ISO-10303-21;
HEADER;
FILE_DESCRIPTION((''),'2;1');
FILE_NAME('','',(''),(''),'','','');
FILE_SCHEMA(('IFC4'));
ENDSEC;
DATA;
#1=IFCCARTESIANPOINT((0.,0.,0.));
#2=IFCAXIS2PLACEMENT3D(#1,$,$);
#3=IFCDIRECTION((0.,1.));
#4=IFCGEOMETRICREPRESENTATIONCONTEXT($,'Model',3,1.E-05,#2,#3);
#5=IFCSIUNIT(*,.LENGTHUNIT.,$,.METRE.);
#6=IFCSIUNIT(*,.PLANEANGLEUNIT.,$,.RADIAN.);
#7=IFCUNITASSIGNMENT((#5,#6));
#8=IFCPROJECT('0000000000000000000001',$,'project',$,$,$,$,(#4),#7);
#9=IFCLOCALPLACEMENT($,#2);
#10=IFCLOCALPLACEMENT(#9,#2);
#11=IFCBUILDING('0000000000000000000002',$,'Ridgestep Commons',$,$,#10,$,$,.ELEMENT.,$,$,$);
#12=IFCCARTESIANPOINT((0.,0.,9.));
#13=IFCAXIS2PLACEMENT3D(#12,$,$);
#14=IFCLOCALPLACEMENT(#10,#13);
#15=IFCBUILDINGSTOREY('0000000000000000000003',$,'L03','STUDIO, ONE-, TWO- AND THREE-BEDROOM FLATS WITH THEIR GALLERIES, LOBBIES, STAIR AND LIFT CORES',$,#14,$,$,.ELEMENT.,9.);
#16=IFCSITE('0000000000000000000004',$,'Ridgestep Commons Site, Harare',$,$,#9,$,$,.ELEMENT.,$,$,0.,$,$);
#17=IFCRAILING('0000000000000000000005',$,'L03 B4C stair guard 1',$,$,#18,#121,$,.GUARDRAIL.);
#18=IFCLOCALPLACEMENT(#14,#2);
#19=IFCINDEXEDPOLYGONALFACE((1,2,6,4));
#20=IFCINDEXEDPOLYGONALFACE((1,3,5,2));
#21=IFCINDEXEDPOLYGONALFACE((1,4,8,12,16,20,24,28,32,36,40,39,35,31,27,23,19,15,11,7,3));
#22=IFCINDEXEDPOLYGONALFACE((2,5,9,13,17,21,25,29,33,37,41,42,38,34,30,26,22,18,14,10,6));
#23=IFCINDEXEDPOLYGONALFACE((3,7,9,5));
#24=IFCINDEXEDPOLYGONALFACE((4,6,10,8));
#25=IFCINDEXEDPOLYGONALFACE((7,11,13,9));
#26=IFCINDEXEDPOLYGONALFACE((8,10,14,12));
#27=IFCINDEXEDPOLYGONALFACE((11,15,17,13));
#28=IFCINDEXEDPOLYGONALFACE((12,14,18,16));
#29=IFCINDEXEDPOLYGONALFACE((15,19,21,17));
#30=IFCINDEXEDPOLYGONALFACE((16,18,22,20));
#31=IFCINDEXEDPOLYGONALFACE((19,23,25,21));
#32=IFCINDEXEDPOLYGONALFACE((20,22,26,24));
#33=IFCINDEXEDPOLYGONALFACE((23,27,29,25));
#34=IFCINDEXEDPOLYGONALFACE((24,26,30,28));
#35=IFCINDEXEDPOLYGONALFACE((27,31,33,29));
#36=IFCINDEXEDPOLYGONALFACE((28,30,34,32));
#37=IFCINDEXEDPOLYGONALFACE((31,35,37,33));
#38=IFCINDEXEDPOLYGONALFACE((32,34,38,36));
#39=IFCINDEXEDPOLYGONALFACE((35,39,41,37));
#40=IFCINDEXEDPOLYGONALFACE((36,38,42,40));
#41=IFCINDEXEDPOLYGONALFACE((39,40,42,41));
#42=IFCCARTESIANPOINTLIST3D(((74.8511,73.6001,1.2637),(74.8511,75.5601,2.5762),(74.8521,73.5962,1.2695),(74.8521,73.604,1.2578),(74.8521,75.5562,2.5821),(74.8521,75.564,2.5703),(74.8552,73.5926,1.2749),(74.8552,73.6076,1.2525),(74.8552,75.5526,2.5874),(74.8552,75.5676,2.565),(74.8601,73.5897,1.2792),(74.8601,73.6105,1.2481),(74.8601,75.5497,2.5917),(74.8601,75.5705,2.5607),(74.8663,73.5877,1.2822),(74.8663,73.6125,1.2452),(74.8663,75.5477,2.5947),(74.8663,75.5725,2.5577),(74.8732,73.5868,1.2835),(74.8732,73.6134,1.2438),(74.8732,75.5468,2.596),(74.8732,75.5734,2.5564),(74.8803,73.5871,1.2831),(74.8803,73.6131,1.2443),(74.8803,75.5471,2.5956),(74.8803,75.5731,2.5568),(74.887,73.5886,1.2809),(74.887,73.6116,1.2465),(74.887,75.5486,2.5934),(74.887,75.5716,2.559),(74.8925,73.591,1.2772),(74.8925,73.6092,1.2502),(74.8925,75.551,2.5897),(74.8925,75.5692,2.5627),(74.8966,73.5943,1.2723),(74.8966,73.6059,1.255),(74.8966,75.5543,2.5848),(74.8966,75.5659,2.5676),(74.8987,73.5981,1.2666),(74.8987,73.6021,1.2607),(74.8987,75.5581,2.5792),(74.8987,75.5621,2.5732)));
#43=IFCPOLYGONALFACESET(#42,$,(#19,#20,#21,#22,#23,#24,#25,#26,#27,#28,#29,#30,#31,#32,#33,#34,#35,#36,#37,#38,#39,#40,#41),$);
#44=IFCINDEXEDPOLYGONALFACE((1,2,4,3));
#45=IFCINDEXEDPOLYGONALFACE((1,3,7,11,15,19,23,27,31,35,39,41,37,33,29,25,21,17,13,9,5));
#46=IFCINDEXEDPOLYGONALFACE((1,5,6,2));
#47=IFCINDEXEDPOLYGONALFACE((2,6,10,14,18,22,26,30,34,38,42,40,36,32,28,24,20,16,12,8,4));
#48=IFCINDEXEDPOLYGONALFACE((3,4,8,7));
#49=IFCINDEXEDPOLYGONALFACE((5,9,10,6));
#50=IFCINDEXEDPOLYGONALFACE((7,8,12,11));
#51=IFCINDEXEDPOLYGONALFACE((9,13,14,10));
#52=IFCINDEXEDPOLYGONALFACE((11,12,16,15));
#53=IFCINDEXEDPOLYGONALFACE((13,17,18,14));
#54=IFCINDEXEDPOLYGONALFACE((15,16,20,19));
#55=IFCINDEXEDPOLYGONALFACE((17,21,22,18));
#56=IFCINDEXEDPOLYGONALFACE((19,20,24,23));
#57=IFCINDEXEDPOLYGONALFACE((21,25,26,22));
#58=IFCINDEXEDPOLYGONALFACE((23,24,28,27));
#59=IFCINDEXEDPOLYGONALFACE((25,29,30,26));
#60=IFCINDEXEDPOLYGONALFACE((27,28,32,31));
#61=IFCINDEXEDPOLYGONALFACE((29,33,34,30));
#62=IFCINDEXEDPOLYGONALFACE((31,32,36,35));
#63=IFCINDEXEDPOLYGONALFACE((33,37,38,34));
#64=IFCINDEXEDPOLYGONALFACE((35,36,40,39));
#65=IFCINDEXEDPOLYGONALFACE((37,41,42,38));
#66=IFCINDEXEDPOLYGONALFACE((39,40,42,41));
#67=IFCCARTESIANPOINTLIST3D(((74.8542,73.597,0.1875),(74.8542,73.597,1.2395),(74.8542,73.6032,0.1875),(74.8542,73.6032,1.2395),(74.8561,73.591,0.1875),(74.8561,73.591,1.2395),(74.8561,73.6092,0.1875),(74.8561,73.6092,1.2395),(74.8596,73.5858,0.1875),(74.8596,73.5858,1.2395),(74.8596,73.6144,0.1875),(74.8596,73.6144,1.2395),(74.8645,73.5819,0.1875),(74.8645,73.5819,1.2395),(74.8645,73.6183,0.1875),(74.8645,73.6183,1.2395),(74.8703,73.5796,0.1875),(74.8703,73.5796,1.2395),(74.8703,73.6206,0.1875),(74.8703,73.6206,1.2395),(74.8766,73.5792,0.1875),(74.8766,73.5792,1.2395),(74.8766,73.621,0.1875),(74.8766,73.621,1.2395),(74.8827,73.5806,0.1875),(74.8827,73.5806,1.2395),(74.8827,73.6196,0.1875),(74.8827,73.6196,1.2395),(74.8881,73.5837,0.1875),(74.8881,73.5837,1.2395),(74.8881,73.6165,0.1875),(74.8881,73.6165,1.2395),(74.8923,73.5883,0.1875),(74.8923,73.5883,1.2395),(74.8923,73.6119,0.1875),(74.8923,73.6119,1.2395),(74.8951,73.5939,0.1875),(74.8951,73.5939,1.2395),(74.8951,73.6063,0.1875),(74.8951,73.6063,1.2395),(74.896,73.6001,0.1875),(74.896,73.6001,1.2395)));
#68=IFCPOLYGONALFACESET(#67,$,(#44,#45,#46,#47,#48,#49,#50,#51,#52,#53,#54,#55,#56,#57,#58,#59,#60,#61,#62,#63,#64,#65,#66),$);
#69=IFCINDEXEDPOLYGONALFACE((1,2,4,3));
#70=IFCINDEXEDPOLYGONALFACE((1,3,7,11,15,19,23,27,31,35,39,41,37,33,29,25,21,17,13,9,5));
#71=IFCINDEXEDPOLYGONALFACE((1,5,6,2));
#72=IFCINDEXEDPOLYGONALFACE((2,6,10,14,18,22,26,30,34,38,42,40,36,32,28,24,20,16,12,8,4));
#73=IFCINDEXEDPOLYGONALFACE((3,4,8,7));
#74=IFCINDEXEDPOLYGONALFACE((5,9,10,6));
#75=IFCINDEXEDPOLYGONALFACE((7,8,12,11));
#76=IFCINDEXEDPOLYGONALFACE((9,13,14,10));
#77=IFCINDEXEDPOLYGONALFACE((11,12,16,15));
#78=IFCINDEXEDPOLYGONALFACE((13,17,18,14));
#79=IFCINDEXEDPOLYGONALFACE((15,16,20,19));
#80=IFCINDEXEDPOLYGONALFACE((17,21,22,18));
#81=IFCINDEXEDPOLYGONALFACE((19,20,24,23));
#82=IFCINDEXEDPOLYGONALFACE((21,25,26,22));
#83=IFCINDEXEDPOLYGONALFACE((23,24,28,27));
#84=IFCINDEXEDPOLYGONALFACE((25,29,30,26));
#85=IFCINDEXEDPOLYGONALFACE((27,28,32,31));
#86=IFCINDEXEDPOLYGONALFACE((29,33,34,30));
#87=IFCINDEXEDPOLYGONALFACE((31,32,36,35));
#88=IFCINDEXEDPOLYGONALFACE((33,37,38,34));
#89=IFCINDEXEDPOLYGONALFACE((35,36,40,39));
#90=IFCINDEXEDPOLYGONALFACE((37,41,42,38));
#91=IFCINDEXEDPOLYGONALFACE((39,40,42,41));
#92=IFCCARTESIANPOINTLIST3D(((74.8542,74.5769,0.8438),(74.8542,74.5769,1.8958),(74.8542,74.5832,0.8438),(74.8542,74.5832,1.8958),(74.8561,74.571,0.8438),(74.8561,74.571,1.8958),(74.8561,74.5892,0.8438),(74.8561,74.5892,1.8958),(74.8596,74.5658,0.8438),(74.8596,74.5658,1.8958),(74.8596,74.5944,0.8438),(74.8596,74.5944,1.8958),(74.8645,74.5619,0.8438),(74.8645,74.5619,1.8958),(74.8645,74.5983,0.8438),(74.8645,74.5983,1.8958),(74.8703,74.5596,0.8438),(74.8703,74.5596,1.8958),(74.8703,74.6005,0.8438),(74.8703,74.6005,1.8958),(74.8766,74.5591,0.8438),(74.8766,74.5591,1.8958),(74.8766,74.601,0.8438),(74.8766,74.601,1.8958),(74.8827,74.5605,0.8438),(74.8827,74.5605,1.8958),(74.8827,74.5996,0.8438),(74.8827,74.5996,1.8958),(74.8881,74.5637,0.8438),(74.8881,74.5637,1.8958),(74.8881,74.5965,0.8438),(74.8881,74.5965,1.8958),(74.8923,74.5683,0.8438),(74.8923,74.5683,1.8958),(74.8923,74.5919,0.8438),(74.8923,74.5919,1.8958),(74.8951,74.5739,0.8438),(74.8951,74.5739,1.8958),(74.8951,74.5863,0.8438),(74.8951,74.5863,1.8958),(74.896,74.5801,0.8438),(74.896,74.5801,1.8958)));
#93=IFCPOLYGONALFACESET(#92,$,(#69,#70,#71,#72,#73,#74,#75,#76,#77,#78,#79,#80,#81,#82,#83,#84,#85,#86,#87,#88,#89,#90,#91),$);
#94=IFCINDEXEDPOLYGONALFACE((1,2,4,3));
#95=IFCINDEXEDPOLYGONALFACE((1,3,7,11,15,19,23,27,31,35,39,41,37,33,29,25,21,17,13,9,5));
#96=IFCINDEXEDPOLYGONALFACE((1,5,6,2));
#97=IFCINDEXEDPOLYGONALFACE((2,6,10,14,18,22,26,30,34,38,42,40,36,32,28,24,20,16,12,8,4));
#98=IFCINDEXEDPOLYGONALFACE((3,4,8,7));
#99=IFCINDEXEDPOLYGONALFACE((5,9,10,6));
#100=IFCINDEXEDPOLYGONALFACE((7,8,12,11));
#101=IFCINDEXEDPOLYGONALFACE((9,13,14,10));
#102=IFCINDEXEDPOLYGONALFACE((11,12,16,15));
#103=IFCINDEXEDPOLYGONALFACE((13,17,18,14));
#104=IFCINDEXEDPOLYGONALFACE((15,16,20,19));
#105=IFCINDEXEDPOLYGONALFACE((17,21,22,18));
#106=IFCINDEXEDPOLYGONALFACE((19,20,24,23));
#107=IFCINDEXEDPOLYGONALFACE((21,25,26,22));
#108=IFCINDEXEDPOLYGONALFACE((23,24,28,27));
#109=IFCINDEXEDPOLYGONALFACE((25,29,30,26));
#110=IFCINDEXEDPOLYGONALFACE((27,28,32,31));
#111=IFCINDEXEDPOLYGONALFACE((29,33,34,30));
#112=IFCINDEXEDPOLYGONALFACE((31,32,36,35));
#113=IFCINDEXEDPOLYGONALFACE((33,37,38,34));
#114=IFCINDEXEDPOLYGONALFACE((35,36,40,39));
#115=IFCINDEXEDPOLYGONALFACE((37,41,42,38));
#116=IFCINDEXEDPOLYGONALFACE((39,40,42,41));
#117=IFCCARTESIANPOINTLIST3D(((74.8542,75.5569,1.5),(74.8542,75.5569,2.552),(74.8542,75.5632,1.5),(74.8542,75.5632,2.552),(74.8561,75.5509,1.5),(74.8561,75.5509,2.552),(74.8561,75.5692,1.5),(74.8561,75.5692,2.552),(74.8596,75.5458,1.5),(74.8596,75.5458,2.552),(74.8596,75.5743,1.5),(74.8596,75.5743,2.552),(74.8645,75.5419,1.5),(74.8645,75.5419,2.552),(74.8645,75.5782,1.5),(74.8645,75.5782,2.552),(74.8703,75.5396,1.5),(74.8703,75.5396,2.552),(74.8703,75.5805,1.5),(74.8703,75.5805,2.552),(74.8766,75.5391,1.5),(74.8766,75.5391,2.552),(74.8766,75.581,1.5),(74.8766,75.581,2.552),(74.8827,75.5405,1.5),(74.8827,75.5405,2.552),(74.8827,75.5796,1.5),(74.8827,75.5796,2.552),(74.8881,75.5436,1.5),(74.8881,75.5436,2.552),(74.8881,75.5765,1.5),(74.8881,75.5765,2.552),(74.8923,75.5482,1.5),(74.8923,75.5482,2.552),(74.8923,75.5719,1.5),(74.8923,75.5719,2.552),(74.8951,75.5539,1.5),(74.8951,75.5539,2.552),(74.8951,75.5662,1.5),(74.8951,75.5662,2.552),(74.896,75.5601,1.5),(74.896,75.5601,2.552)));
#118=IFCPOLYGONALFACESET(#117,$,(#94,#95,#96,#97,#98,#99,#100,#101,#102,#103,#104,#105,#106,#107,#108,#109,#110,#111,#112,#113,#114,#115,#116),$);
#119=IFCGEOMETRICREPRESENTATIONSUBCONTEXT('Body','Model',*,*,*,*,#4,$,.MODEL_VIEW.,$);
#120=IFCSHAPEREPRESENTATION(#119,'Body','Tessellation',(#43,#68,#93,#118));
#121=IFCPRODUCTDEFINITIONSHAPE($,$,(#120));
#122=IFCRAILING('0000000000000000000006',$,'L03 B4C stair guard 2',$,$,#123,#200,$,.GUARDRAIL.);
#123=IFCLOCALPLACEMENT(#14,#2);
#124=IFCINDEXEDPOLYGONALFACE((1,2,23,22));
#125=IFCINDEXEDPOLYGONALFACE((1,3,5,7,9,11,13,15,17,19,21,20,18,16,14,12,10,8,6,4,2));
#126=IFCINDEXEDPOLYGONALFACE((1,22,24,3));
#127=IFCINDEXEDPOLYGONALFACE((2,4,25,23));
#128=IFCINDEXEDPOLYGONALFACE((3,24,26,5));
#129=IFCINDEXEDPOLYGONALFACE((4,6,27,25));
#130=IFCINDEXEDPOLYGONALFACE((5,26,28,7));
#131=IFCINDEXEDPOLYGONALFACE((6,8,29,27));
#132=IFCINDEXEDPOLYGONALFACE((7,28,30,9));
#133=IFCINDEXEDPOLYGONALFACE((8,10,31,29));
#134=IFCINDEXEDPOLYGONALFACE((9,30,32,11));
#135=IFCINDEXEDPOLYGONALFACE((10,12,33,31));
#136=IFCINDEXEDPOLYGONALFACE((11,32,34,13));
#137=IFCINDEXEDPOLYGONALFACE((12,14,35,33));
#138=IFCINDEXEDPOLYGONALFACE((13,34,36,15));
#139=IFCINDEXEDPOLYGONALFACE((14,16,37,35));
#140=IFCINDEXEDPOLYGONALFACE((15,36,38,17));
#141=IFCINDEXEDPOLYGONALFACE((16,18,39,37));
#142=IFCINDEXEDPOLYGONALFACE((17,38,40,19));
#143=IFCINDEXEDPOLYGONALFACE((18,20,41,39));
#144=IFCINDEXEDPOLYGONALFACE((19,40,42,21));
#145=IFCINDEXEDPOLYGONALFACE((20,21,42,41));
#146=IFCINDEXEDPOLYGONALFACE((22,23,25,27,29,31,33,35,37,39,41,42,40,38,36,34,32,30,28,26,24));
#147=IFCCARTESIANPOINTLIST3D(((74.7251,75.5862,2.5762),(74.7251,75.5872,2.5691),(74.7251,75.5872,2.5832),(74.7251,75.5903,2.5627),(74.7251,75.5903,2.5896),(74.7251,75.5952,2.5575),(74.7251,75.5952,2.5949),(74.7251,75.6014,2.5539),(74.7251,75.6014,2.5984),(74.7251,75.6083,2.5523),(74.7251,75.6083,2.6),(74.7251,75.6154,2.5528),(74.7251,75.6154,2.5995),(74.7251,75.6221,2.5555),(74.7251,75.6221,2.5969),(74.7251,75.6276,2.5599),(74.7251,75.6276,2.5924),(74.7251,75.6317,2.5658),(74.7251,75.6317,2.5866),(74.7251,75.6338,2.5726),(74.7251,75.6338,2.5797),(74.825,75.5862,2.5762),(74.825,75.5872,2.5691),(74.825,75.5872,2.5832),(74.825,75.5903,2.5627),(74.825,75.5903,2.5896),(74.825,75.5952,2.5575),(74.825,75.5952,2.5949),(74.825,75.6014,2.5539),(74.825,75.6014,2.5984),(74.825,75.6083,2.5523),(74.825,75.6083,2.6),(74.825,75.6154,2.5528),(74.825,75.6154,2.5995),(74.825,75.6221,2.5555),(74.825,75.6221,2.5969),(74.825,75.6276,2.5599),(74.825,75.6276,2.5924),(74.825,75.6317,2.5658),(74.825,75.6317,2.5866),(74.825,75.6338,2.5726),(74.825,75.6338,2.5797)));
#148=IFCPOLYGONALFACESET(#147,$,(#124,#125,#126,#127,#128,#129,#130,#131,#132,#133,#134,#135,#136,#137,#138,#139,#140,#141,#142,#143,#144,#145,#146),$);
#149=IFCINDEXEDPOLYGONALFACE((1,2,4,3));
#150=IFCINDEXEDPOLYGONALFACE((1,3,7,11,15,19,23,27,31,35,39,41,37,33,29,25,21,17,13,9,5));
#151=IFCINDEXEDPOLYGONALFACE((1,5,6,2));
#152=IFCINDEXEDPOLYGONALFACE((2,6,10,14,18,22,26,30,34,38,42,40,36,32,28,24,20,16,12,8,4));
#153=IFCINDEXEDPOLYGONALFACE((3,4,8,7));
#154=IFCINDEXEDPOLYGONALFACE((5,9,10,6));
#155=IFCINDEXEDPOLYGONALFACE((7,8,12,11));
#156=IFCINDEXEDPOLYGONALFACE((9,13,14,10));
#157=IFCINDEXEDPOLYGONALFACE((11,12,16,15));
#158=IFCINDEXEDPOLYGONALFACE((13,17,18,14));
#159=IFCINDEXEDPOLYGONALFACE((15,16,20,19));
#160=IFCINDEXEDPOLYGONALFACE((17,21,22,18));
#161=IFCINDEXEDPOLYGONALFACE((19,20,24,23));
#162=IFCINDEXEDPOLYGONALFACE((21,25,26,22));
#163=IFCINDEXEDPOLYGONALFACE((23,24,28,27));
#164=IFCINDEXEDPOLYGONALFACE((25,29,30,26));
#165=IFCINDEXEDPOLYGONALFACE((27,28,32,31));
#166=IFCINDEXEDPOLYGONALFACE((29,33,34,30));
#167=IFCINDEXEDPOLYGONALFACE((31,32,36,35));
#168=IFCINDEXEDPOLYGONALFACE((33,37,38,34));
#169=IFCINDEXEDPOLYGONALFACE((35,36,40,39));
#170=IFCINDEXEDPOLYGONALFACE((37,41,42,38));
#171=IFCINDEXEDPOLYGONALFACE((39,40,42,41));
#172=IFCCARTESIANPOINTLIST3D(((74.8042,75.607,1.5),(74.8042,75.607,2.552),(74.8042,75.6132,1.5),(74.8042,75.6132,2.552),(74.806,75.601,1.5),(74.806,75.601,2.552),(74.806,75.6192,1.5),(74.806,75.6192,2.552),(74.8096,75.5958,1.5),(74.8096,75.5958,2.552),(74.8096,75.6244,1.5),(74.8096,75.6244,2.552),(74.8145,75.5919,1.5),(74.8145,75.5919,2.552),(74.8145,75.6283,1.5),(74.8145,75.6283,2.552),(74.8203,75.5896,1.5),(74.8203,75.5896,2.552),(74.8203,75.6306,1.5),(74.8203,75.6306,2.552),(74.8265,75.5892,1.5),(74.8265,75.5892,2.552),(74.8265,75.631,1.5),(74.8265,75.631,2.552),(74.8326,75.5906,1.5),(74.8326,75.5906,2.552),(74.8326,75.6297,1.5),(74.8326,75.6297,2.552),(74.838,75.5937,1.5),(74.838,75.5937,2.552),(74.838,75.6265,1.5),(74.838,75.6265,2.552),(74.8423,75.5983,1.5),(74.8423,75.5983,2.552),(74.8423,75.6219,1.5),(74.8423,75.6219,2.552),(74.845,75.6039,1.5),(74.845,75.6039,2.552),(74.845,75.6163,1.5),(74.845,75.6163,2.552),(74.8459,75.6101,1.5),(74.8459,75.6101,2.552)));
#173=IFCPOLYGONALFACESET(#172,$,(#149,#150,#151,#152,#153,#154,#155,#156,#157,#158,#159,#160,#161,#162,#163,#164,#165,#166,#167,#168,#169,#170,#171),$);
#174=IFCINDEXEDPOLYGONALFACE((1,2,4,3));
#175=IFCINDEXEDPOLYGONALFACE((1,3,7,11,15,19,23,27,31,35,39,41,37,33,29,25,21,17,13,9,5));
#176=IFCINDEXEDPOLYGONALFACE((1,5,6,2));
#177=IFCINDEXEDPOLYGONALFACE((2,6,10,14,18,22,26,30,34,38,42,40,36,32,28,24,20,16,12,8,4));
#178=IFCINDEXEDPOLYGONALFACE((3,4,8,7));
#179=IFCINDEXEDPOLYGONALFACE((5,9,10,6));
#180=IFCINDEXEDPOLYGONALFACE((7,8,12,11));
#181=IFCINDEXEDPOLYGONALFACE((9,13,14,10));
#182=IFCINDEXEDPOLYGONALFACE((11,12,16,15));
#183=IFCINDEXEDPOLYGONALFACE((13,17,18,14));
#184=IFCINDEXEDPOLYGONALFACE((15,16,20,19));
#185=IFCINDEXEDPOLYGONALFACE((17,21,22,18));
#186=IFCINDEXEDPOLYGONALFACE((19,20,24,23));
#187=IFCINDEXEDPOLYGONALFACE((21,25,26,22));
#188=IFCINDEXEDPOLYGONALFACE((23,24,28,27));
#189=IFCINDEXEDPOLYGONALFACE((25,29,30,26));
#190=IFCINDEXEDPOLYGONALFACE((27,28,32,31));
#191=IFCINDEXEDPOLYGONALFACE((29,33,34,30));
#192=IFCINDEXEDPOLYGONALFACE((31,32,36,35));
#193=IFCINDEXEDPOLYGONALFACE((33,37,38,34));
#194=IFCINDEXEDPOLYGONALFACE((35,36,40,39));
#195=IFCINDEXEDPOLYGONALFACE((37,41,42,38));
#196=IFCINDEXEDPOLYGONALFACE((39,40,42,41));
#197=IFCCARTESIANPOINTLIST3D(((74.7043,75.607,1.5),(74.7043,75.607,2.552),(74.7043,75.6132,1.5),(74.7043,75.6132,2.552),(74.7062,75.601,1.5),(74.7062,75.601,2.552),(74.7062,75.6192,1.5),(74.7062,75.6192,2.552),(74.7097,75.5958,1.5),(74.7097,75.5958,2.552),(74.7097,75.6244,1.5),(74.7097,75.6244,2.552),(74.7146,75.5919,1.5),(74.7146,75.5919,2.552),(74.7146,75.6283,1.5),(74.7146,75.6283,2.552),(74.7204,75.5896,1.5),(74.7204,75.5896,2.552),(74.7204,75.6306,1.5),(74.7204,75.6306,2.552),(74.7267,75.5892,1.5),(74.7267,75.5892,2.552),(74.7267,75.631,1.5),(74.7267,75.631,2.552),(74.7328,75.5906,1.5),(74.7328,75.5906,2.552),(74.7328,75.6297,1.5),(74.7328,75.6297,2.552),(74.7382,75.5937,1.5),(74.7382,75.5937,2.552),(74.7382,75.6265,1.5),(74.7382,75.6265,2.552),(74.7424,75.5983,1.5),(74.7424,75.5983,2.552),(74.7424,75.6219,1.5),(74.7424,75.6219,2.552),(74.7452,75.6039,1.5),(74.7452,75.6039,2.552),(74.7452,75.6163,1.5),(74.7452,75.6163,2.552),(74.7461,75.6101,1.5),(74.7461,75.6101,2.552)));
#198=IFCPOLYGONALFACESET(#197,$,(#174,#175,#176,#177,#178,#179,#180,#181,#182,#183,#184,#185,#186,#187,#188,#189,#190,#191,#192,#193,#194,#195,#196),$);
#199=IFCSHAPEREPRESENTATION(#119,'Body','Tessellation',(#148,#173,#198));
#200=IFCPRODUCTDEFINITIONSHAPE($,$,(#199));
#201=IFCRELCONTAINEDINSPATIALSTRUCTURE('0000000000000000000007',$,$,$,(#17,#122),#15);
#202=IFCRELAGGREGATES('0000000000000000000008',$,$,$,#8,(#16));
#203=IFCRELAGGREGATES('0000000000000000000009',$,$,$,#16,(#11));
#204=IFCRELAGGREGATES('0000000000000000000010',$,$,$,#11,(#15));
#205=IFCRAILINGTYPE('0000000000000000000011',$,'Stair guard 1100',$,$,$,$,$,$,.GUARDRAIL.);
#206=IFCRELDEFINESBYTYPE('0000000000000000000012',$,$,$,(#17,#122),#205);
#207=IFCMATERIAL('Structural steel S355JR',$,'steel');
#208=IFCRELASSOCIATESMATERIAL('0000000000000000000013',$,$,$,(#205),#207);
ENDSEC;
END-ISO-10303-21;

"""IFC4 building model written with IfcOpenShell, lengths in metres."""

from ifc_helpers import new_model, si_unit, direction, frame, origin, origin_2d, place, context, subcontext, project, spatial, circle, extrude, material, type_object, element, save


model = new_model("IFC4")

# Units and contexts
model_context = context("Model", 3, precision=1e-05, world=origin(), true_north=direction((0.0, 1.0)))
body_context = subcontext(model_context, "Body", "Model", "MODEL_VIEW")
ifc_project = project(units=[si_unit("LENGTHUNIT", "METRE"), si_unit("PLANEANGLEUNIT", "RADIAN")], contexts=[model_context])

# Site, building, storey
site_placement = place(None, origin())
site = spatial("IfcSite", under=ifc_project, at=site_placement, Name="Ridgestep Commons Site, Harare", CompositionType="ELEMENT", RefElevation=0.0)
building_placement = place(site_placement, origin())
building = spatial("IfcBuilding", under=site, at=building_placement, Name="Ridgestep Commons", CompositionType="ELEMENT")
storey_placement = place(building_placement, frame((0.0, 0.0, 9.0)))
storey = spatial("IfcBuildingStorey", under=building, at=storey_placement, Name="L03", Description="STUDIO, ONE-, TWO- AND THREE-BEDROOM FLATS WITH THEIR GALLERIES, LOBBIES, STAIR AND LIFT CORES", CompositionType="ELEMENT", Elevation=9.0)

# Railings
ifc_material_1 = material(Name="Structural steel S355JR", Category="steel")
railing_type_1 = type_object("IfcRailingType", Name="Stair guard 1100", PredefinedType="GUARDRAIL", material=ifc_material_1)
railing_1_placement = place(storey_placement, frame((74.875, 73.6001, 0.1875)))
element("IfcRailing", 1, at=railing_1_placement, inside=storey, type_object=railing_type_1, Name="L03 B4C stair guard 1", PredefinedType="GUARDRAIL", context=body_context, shape_type="SweptSolid", body=[
    extrude(circle(Radius=0.0239, at=origin_2d()), frame((0.0, 0.0, 1.0762), z_axis=(0.0, 0.830902, 0.556419), x_axis=(-1.0, 0.0, 0.0)), (0.0, 0.0, 1.0), 2.3589),
    extrude(circle(Radius=0.021, at=origin_2d()), origin(), (0.0, 0.0, 1.0), 1.052),
    extrude(circle(Radius=0.021, at=origin_2d()), frame((0.0, 0.98, 0.6562)), (0.0, 0.0, 1.0), 1.052),
    extrude(circle(Radius=0.021, at=origin_2d()), frame((0.0, 1.96, 1.3125)), (0.0, 0.0, 1.0), 1.052),
])
railing_2_placement = place(storey_placement, frame((74.825, 75.6101, 1.5)))
element("IfcRailing", 2, at=railing_2_placement, inside=storey, type_object=railing_type_1, Name="L03 B4C stair guard 2", PredefinedType="GUARDRAIL", context=body_context, shape_type="SweptSolid", body=[
    extrude(circle(Radius=0.0239, at=origin_2d()), frame((0.0, 0.0, 1.0762), z_axis=(-1.0, 0.0, 0.0), x_axis=(0.0, -1.0, 0.0)), (0.0, 0.0, 1.0), 0.0999),
    extrude(circle(Radius=0.021, at=origin_2d()), origin(), (0.0, 0.0, 1.0), 1.052),
    extrude(circle(Radius=0.021, at=origin_2d()), frame((-0.0999, 0.0, 0.0)), (0.0, 0.0, 1.0), 1.052),
])

save(model, "model.ifc")
